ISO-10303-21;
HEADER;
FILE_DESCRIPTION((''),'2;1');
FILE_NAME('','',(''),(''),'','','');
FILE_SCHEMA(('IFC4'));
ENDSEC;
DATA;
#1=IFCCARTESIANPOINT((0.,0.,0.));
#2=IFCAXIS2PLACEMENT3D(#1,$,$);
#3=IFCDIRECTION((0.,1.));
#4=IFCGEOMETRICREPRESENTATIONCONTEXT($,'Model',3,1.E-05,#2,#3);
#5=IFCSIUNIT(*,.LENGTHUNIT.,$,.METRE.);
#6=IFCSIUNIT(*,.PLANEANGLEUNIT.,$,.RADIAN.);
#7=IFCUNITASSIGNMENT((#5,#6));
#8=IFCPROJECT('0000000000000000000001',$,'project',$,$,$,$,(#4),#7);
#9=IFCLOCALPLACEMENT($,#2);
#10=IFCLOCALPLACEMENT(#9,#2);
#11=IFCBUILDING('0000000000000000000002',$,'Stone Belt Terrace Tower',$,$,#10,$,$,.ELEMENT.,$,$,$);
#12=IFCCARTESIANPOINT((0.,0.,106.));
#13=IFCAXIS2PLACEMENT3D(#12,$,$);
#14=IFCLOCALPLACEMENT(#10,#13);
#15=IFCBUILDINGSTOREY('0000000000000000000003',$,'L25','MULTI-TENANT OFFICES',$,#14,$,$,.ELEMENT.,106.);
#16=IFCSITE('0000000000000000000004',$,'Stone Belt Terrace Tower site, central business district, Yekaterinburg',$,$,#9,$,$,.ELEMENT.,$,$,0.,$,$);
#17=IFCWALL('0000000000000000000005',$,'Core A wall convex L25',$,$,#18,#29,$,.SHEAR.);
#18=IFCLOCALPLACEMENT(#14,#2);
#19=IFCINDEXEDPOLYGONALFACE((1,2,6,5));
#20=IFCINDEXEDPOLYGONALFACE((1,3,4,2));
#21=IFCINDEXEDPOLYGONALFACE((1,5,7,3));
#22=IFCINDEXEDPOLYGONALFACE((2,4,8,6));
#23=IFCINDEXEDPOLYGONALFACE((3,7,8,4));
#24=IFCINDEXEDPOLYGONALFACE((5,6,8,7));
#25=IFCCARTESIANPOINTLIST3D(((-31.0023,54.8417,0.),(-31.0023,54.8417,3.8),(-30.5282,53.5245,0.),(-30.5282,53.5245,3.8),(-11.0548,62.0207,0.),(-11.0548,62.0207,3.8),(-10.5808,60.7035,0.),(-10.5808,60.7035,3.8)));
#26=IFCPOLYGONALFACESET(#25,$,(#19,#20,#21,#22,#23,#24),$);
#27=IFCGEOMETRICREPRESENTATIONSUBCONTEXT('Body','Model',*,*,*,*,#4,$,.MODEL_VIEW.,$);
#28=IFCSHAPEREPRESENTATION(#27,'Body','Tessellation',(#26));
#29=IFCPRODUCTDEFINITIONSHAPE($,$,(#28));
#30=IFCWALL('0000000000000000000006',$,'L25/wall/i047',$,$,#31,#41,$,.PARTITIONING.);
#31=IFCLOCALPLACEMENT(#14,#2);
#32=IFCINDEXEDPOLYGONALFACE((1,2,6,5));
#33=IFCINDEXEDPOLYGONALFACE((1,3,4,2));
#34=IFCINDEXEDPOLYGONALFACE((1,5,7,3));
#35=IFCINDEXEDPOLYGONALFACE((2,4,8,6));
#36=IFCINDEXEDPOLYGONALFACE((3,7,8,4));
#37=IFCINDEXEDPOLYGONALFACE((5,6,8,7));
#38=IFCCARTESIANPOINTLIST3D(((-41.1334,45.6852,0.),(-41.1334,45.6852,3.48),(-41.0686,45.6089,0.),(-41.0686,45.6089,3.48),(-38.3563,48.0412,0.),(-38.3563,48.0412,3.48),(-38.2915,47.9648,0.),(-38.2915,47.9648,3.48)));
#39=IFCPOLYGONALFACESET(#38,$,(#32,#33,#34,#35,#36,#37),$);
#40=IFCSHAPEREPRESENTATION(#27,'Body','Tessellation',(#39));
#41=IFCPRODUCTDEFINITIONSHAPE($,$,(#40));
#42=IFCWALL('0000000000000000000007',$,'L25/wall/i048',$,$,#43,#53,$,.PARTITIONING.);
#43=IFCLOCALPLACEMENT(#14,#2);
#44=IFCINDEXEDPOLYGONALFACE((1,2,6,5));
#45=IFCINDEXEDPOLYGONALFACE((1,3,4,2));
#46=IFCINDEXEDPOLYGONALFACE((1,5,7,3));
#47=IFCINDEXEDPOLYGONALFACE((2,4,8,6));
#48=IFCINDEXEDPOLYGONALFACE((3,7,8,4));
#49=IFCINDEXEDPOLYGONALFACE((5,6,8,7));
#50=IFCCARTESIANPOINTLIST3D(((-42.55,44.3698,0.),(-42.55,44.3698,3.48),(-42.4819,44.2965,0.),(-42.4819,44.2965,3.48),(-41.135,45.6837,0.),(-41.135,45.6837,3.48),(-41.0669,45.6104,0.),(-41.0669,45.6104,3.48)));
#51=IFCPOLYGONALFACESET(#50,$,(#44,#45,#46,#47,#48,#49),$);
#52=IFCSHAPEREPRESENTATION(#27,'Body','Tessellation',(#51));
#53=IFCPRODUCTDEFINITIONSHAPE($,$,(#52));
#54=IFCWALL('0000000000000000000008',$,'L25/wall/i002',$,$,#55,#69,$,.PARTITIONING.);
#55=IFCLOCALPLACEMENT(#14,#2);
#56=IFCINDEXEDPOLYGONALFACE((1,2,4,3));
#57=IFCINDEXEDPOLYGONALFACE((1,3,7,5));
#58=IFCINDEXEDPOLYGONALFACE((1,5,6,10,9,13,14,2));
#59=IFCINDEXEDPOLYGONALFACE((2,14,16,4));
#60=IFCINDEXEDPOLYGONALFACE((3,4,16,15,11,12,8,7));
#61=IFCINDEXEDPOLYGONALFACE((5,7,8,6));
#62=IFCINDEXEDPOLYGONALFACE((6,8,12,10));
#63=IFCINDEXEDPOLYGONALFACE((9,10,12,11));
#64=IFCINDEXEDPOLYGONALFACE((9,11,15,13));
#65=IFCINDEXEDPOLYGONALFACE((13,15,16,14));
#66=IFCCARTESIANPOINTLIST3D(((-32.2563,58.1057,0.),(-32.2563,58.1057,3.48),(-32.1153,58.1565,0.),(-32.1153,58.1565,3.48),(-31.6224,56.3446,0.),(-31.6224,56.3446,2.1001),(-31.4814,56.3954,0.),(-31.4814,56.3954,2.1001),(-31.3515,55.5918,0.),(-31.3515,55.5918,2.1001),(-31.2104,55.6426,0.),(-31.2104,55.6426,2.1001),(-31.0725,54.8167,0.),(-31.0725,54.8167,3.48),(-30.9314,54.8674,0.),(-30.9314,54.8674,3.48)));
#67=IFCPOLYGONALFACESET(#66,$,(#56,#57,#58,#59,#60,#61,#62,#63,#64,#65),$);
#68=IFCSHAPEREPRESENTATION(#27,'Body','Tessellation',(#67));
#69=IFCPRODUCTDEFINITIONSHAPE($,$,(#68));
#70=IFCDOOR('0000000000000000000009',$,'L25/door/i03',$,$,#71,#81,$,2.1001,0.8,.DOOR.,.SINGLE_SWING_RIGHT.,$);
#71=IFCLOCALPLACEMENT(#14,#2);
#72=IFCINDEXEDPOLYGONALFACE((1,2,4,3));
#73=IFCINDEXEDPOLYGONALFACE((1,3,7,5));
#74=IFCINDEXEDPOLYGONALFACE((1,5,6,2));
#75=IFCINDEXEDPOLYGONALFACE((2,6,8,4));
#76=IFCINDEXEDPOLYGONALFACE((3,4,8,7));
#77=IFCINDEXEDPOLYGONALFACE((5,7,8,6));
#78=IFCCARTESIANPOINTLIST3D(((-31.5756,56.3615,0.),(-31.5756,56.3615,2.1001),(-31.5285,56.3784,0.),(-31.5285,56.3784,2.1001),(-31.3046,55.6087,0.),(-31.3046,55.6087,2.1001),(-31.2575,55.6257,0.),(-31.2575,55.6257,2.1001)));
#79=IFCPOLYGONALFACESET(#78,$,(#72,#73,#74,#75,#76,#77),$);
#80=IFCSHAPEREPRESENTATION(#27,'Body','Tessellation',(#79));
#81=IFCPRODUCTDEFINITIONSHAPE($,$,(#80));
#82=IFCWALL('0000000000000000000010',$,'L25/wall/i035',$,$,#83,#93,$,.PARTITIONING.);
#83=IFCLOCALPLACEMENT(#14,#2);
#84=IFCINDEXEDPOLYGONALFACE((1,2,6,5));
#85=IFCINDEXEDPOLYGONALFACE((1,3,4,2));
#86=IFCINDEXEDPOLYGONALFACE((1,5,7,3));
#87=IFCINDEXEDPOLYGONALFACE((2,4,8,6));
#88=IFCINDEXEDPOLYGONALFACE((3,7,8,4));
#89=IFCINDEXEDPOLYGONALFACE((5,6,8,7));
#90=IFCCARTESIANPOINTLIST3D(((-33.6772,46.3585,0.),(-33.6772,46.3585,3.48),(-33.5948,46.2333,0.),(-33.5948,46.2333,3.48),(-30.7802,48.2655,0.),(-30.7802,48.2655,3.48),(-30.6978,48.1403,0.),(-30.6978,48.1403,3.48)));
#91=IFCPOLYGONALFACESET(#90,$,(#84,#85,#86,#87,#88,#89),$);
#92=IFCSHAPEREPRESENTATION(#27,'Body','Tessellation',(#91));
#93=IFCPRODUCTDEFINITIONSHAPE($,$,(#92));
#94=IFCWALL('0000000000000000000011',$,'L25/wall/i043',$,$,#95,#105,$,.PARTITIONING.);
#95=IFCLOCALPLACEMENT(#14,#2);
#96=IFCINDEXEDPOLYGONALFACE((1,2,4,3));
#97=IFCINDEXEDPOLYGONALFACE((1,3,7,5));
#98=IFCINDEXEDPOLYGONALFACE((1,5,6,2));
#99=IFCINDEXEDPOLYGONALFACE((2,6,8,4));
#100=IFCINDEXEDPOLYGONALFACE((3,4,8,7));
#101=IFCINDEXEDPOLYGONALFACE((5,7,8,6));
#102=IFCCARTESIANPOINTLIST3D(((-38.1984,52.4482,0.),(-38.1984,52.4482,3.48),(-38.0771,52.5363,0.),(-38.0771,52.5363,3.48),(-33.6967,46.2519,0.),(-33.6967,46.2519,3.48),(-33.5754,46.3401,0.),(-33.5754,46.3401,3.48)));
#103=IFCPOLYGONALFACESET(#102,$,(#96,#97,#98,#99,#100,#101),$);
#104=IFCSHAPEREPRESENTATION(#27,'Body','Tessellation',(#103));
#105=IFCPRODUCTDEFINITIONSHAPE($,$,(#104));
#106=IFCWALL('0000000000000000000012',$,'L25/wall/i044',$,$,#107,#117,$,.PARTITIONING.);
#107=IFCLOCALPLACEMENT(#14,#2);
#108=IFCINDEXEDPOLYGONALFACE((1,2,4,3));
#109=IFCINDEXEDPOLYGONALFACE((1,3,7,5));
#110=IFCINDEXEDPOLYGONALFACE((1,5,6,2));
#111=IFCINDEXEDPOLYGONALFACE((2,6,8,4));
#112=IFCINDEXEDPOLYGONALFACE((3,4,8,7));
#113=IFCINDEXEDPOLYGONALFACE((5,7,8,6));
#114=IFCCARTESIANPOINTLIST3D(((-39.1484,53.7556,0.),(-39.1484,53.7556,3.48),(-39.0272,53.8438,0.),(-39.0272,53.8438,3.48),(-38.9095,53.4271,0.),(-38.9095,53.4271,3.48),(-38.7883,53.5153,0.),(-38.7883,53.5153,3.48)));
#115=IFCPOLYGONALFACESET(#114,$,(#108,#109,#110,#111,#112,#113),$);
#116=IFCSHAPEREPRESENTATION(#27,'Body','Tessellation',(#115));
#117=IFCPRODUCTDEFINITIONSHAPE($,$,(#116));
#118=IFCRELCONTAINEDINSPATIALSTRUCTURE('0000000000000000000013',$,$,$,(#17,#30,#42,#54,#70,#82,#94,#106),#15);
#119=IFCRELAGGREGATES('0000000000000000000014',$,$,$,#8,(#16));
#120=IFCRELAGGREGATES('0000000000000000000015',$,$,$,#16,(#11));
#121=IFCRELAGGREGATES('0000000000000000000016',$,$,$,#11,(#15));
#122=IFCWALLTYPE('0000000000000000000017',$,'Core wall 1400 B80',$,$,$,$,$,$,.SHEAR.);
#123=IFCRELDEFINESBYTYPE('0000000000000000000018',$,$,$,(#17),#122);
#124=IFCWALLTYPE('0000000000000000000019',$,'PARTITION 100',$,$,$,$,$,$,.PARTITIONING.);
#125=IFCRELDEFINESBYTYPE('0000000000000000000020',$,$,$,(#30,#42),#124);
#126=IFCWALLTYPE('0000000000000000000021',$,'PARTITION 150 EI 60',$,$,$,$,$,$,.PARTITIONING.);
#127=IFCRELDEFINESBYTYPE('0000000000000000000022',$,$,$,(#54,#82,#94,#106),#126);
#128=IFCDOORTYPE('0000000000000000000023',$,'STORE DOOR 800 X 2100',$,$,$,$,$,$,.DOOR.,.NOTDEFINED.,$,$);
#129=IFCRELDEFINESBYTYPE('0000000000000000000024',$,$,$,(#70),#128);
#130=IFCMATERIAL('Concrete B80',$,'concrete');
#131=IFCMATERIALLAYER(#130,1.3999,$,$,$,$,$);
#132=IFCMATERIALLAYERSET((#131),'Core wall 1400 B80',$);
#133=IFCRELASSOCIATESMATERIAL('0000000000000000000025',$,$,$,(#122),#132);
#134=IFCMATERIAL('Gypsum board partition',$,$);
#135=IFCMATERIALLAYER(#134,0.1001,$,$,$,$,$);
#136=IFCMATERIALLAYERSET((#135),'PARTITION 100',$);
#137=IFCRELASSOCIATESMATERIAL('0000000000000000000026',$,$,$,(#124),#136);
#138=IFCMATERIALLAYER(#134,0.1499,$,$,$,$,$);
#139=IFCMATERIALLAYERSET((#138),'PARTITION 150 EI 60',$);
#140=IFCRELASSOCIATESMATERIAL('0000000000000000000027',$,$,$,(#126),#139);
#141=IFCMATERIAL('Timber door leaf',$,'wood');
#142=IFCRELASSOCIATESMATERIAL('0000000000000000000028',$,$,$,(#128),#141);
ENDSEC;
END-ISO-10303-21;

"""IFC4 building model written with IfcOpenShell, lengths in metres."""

from ifc_helpers import new_model, si_unit, direction, frame, frame_2d, origin, place, context, subcontext, project, spatial, rectangle, extrude, material, layer, layer_set, type_object, element, fill, save


model = new_model("IFC4")

# Units and contexts
model_context = context("Model", 3, precision=1e-05, world=origin(), true_north=direction((0.0, 1.0)))
body_context = subcontext(model_context, "Body", "Model", "MODEL_VIEW")
ifc_project = project(units=[si_unit("LENGTHUNIT", "METRE"), si_unit("PLANEANGLEUNIT", "RADIAN")], contexts=[model_context])

# Site, building, storey
site_placement = place(None, origin())
site = spatial("IfcSite", under=ifc_project, at=site_placement, Name="Stone Belt Terrace Tower site, central business district, Yekaterinburg", CompositionType="ELEMENT", RefElevation=0.0)
building_placement = place(site_placement, origin())
building = spatial("IfcBuilding", under=site, at=building_placement, Name="Stone Belt Terrace Tower", CompositionType="ELEMENT")
storey_placement = place(building_placement, frame((0.0, 0.0, 106.0)))
storey = spatial("IfcBuildingStorey", under=building, at=storey_placement, Name="L25", Description="MULTI-TENANT OFFICES", CompositionType="ELEMENT", Elevation=106.0)

# Shared definitions
ifc_material_1 = material(Name="Concrete B80", Category="concrete")

# Walls
ifc_layer_1 = layer(ifc_material_1, 1.3999)
ifc_layer_set_1 = layer_set([ifc_layer_1], Name="Core wall 1400 B80")
wall_type_1 = type_object("IfcWallType", Name="Core wall 1400 B80", PredefinedType="SHEAR", material=ifc_layer_set_1)
wall_1_placement = place(storey_placement, frame((-30.7654, 54.1831, 0.0), z_axis=(0.0, 0.0, 1.0), x_axis=(0.94092, 0.33863, 0.0)))
element("IfcWall", 1, at=wall_1_placement, inside=storey, type_object=wall_type_1, Name="Core A wall convex L25", PredefinedType="SHEAR", context=body_context, shape_type="SweptSolid", body=[
    extrude(rectangle(XDim=21.2, YDim=1.3999, at=frame_2d((10.6001, 0.0))), origin(), (0.0, 0.0, 1.0), 3.8),
])
ifc_material_2 = material(Name="Gypsum board partition")
ifc_layer_2 = layer(ifc_material_2, 0.1001)
ifc_layer_set_2 = layer_set([ifc_layer_2], Name="PARTITION 100")
wall_type_2 = type_object("IfcWallType", Name="PARTITION 100", PredefinedType="PARTITIONING", material=ifc_layer_set_2)
wall_2_placement = place(storey_placement, frame((-38.324, 48.0029, 0.0), z_axis=(0.0, 0.0, 1.0), x_axis=(-0.762559, -0.646918, 0.0)))
element("IfcWall", 2, at=wall_2_placement, inside=storey, type_object=wall_type_2, Name="L25/wall/i047", PredefinedType="PARTITIONING", context=body_context, shape_type="SweptSolid", body=[
    extrude(rectangle(XDim=3.6418, YDim=0.1001, at=frame_2d((1.8208, 0.0))), origin(), (0.0, 0.0, 1.0), 3.48),
])
wall_3_placement = place(storey_placement, frame((-41.1011, 45.647, 0.0), z_axis=(0.0, 0.0, 1.0), x_axis=(-0.732793, -0.680451, 0.0)))
element("IfcWall", 3, at=wall_3_placement, inside=storey, type_object=wall_type_2, Name="L25/wall/i048", PredefinedType="PARTITIONING", context=body_context, shape_type="SweptSolid", body=[
    extrude(rectangle(XDim=1.9309, YDim=0.1001, at=frame_2d((0.9653, 0.0))), origin(), (0.0, 0.0, 1.0), 3.48),
])

# Wall, opening, door
ifc_layer_3 = layer(ifc_material_2, 0.1499)
ifc_layer_set_3 = layer_set([ifc_layer_3], Name="PARTITION 150 EI 60")
wall_type_3 = type_object("IfcWallType", Name="PARTITION 150 EI 60", PredefinedType="PARTITIONING", material=ifc_layer_set_3)
wall_4_placement = place(storey_placement, frame((-32.1858, 58.1311, 0.0), z_axis=(0.0, 0.0, 1.0), x_axis=(0.338663, -0.940908, 0.0)))
wall_4 = element("IfcWall", 4, at=wall_4_placement, inside=storey, type_object=wall_type_3, Name="L25/wall/i002", PredefinedType="PARTITIONING", context=body_context, shape_type="SweptSolid", body=[
    extrude(rectangle(XDim=3.4956, YDim=0.1499, at=frame_2d((1.7478, 0.0))), origin(), (0.0, 0.0, 1.0), 3.48),
])
opening_placement = place(wall_4_placement, frame((1.8718, 0.0, 0.0)))
opening = element("IfcOpeningElement", 5, at=opening_placement, cuts=wall_4, PredefinedType="OPENING", context=body_context, shape_type="SweptSolid", body=[
    extrude(rectangle(XDim=0.8, YDim=2.1001, at=frame_2d((0.3999, 1.05))), frame((0.0, 0.085, 0.0), z_axis=(0.0, -1.0, 0.0), x_axis=(1.0, 0.0, 0.0)), (0.0, 0.0, 1.0), 0.1699),
])
ifc_material_3 = material(Name="Timber door leaf", Category="wood")
door_type = type_object("IfcDoorType", Name="STORE DOOR 800 X 2100", OperationType="NOTDEFINED", PredefinedType="DOOR", material=ifc_material_3)
door_placement = place(opening_placement, origin())
door = element("IfcDoor", 6, at=door_placement, inside=storey, type_object=door_type, Name="L25/door/i03", OperationType="SINGLE_SWING_RIGHT", OverallHeight=2.1001, OverallWidth=0.8, PredefinedType="DOOR", context=body_context, shape_type="SweptSolid", body=[
    extrude(rectangle(XDim=0.8, YDim=2.1001, at=frame_2d((0.3999, 1.05))), frame((0.0, 0.0249, 0.0), z_axis=(0.0, -1.0, 0.0), x_axis=(1.0, 0.0, 0.0)), (0.0, 0.0, 1.0), 0.05),
])
fill(opening, door)

# Walls
wall_5_placement = place(storey_placement, frame((-33.636, 46.2959, 0.0), z_axis=(0.0, 0.0, 1.0), x_axis=(0.835274, 0.549834, 0.0)))
element("IfcWall", 7, at=wall_5_placement, inside=storey, type_object=wall_type_3, Name="L25/wall/i035", PredefinedType="PARTITIONING", context=body_context, shape_type="SweptSolid", body=[
    extrude(rectangle(XDim=3.4683, YDim=0.1499, at=frame_2d((1.7341, 0.0))), origin(), (0.0, 0.0, 1.0), 3.48),
])
wall_6_placement = place(storey_placement, frame((-33.636, 46.2959, 0.0), z_axis=(0.0, 0.0, 1.0), x_axis=(-0.587772, 0.809027, 0.0)))
element("IfcWall", 8, at=wall_6_placement, inside=storey, type_object=wall_type_3, Name="L25/wall/i043", PredefinedType="PARTITIONING", context=body_context, shape_type="SweptSolid", body=[
    extrude(rectangle(XDim=7.6589, YDim=0.1499, at=frame_2d((3.8296, 0.0))), origin(), (0.0, 0.0, 1.0), 3.48),
])
wall_7_placement = place(storey_placement, frame((-38.8489, 53.4712, 0.0), z_axis=(0.0, 0.0, 1.0), x_axis=(-0.588207, 0.80871, 0.0)))
element("IfcWall", 9, at=wall_7_placement, inside=storey, type_object=wall_type_3, Name="L25/wall/i044", PredefinedType="PARTITIONING", context=body_context, shape_type="SweptSolid", body=[
    extrude(rectangle(XDim=0.4062, YDim=0.1499, at=frame_2d((0.2031, 0.0))), origin(), (0.0, 0.0, 1.0), 3.48),
])

save(model, "model.ifc")
